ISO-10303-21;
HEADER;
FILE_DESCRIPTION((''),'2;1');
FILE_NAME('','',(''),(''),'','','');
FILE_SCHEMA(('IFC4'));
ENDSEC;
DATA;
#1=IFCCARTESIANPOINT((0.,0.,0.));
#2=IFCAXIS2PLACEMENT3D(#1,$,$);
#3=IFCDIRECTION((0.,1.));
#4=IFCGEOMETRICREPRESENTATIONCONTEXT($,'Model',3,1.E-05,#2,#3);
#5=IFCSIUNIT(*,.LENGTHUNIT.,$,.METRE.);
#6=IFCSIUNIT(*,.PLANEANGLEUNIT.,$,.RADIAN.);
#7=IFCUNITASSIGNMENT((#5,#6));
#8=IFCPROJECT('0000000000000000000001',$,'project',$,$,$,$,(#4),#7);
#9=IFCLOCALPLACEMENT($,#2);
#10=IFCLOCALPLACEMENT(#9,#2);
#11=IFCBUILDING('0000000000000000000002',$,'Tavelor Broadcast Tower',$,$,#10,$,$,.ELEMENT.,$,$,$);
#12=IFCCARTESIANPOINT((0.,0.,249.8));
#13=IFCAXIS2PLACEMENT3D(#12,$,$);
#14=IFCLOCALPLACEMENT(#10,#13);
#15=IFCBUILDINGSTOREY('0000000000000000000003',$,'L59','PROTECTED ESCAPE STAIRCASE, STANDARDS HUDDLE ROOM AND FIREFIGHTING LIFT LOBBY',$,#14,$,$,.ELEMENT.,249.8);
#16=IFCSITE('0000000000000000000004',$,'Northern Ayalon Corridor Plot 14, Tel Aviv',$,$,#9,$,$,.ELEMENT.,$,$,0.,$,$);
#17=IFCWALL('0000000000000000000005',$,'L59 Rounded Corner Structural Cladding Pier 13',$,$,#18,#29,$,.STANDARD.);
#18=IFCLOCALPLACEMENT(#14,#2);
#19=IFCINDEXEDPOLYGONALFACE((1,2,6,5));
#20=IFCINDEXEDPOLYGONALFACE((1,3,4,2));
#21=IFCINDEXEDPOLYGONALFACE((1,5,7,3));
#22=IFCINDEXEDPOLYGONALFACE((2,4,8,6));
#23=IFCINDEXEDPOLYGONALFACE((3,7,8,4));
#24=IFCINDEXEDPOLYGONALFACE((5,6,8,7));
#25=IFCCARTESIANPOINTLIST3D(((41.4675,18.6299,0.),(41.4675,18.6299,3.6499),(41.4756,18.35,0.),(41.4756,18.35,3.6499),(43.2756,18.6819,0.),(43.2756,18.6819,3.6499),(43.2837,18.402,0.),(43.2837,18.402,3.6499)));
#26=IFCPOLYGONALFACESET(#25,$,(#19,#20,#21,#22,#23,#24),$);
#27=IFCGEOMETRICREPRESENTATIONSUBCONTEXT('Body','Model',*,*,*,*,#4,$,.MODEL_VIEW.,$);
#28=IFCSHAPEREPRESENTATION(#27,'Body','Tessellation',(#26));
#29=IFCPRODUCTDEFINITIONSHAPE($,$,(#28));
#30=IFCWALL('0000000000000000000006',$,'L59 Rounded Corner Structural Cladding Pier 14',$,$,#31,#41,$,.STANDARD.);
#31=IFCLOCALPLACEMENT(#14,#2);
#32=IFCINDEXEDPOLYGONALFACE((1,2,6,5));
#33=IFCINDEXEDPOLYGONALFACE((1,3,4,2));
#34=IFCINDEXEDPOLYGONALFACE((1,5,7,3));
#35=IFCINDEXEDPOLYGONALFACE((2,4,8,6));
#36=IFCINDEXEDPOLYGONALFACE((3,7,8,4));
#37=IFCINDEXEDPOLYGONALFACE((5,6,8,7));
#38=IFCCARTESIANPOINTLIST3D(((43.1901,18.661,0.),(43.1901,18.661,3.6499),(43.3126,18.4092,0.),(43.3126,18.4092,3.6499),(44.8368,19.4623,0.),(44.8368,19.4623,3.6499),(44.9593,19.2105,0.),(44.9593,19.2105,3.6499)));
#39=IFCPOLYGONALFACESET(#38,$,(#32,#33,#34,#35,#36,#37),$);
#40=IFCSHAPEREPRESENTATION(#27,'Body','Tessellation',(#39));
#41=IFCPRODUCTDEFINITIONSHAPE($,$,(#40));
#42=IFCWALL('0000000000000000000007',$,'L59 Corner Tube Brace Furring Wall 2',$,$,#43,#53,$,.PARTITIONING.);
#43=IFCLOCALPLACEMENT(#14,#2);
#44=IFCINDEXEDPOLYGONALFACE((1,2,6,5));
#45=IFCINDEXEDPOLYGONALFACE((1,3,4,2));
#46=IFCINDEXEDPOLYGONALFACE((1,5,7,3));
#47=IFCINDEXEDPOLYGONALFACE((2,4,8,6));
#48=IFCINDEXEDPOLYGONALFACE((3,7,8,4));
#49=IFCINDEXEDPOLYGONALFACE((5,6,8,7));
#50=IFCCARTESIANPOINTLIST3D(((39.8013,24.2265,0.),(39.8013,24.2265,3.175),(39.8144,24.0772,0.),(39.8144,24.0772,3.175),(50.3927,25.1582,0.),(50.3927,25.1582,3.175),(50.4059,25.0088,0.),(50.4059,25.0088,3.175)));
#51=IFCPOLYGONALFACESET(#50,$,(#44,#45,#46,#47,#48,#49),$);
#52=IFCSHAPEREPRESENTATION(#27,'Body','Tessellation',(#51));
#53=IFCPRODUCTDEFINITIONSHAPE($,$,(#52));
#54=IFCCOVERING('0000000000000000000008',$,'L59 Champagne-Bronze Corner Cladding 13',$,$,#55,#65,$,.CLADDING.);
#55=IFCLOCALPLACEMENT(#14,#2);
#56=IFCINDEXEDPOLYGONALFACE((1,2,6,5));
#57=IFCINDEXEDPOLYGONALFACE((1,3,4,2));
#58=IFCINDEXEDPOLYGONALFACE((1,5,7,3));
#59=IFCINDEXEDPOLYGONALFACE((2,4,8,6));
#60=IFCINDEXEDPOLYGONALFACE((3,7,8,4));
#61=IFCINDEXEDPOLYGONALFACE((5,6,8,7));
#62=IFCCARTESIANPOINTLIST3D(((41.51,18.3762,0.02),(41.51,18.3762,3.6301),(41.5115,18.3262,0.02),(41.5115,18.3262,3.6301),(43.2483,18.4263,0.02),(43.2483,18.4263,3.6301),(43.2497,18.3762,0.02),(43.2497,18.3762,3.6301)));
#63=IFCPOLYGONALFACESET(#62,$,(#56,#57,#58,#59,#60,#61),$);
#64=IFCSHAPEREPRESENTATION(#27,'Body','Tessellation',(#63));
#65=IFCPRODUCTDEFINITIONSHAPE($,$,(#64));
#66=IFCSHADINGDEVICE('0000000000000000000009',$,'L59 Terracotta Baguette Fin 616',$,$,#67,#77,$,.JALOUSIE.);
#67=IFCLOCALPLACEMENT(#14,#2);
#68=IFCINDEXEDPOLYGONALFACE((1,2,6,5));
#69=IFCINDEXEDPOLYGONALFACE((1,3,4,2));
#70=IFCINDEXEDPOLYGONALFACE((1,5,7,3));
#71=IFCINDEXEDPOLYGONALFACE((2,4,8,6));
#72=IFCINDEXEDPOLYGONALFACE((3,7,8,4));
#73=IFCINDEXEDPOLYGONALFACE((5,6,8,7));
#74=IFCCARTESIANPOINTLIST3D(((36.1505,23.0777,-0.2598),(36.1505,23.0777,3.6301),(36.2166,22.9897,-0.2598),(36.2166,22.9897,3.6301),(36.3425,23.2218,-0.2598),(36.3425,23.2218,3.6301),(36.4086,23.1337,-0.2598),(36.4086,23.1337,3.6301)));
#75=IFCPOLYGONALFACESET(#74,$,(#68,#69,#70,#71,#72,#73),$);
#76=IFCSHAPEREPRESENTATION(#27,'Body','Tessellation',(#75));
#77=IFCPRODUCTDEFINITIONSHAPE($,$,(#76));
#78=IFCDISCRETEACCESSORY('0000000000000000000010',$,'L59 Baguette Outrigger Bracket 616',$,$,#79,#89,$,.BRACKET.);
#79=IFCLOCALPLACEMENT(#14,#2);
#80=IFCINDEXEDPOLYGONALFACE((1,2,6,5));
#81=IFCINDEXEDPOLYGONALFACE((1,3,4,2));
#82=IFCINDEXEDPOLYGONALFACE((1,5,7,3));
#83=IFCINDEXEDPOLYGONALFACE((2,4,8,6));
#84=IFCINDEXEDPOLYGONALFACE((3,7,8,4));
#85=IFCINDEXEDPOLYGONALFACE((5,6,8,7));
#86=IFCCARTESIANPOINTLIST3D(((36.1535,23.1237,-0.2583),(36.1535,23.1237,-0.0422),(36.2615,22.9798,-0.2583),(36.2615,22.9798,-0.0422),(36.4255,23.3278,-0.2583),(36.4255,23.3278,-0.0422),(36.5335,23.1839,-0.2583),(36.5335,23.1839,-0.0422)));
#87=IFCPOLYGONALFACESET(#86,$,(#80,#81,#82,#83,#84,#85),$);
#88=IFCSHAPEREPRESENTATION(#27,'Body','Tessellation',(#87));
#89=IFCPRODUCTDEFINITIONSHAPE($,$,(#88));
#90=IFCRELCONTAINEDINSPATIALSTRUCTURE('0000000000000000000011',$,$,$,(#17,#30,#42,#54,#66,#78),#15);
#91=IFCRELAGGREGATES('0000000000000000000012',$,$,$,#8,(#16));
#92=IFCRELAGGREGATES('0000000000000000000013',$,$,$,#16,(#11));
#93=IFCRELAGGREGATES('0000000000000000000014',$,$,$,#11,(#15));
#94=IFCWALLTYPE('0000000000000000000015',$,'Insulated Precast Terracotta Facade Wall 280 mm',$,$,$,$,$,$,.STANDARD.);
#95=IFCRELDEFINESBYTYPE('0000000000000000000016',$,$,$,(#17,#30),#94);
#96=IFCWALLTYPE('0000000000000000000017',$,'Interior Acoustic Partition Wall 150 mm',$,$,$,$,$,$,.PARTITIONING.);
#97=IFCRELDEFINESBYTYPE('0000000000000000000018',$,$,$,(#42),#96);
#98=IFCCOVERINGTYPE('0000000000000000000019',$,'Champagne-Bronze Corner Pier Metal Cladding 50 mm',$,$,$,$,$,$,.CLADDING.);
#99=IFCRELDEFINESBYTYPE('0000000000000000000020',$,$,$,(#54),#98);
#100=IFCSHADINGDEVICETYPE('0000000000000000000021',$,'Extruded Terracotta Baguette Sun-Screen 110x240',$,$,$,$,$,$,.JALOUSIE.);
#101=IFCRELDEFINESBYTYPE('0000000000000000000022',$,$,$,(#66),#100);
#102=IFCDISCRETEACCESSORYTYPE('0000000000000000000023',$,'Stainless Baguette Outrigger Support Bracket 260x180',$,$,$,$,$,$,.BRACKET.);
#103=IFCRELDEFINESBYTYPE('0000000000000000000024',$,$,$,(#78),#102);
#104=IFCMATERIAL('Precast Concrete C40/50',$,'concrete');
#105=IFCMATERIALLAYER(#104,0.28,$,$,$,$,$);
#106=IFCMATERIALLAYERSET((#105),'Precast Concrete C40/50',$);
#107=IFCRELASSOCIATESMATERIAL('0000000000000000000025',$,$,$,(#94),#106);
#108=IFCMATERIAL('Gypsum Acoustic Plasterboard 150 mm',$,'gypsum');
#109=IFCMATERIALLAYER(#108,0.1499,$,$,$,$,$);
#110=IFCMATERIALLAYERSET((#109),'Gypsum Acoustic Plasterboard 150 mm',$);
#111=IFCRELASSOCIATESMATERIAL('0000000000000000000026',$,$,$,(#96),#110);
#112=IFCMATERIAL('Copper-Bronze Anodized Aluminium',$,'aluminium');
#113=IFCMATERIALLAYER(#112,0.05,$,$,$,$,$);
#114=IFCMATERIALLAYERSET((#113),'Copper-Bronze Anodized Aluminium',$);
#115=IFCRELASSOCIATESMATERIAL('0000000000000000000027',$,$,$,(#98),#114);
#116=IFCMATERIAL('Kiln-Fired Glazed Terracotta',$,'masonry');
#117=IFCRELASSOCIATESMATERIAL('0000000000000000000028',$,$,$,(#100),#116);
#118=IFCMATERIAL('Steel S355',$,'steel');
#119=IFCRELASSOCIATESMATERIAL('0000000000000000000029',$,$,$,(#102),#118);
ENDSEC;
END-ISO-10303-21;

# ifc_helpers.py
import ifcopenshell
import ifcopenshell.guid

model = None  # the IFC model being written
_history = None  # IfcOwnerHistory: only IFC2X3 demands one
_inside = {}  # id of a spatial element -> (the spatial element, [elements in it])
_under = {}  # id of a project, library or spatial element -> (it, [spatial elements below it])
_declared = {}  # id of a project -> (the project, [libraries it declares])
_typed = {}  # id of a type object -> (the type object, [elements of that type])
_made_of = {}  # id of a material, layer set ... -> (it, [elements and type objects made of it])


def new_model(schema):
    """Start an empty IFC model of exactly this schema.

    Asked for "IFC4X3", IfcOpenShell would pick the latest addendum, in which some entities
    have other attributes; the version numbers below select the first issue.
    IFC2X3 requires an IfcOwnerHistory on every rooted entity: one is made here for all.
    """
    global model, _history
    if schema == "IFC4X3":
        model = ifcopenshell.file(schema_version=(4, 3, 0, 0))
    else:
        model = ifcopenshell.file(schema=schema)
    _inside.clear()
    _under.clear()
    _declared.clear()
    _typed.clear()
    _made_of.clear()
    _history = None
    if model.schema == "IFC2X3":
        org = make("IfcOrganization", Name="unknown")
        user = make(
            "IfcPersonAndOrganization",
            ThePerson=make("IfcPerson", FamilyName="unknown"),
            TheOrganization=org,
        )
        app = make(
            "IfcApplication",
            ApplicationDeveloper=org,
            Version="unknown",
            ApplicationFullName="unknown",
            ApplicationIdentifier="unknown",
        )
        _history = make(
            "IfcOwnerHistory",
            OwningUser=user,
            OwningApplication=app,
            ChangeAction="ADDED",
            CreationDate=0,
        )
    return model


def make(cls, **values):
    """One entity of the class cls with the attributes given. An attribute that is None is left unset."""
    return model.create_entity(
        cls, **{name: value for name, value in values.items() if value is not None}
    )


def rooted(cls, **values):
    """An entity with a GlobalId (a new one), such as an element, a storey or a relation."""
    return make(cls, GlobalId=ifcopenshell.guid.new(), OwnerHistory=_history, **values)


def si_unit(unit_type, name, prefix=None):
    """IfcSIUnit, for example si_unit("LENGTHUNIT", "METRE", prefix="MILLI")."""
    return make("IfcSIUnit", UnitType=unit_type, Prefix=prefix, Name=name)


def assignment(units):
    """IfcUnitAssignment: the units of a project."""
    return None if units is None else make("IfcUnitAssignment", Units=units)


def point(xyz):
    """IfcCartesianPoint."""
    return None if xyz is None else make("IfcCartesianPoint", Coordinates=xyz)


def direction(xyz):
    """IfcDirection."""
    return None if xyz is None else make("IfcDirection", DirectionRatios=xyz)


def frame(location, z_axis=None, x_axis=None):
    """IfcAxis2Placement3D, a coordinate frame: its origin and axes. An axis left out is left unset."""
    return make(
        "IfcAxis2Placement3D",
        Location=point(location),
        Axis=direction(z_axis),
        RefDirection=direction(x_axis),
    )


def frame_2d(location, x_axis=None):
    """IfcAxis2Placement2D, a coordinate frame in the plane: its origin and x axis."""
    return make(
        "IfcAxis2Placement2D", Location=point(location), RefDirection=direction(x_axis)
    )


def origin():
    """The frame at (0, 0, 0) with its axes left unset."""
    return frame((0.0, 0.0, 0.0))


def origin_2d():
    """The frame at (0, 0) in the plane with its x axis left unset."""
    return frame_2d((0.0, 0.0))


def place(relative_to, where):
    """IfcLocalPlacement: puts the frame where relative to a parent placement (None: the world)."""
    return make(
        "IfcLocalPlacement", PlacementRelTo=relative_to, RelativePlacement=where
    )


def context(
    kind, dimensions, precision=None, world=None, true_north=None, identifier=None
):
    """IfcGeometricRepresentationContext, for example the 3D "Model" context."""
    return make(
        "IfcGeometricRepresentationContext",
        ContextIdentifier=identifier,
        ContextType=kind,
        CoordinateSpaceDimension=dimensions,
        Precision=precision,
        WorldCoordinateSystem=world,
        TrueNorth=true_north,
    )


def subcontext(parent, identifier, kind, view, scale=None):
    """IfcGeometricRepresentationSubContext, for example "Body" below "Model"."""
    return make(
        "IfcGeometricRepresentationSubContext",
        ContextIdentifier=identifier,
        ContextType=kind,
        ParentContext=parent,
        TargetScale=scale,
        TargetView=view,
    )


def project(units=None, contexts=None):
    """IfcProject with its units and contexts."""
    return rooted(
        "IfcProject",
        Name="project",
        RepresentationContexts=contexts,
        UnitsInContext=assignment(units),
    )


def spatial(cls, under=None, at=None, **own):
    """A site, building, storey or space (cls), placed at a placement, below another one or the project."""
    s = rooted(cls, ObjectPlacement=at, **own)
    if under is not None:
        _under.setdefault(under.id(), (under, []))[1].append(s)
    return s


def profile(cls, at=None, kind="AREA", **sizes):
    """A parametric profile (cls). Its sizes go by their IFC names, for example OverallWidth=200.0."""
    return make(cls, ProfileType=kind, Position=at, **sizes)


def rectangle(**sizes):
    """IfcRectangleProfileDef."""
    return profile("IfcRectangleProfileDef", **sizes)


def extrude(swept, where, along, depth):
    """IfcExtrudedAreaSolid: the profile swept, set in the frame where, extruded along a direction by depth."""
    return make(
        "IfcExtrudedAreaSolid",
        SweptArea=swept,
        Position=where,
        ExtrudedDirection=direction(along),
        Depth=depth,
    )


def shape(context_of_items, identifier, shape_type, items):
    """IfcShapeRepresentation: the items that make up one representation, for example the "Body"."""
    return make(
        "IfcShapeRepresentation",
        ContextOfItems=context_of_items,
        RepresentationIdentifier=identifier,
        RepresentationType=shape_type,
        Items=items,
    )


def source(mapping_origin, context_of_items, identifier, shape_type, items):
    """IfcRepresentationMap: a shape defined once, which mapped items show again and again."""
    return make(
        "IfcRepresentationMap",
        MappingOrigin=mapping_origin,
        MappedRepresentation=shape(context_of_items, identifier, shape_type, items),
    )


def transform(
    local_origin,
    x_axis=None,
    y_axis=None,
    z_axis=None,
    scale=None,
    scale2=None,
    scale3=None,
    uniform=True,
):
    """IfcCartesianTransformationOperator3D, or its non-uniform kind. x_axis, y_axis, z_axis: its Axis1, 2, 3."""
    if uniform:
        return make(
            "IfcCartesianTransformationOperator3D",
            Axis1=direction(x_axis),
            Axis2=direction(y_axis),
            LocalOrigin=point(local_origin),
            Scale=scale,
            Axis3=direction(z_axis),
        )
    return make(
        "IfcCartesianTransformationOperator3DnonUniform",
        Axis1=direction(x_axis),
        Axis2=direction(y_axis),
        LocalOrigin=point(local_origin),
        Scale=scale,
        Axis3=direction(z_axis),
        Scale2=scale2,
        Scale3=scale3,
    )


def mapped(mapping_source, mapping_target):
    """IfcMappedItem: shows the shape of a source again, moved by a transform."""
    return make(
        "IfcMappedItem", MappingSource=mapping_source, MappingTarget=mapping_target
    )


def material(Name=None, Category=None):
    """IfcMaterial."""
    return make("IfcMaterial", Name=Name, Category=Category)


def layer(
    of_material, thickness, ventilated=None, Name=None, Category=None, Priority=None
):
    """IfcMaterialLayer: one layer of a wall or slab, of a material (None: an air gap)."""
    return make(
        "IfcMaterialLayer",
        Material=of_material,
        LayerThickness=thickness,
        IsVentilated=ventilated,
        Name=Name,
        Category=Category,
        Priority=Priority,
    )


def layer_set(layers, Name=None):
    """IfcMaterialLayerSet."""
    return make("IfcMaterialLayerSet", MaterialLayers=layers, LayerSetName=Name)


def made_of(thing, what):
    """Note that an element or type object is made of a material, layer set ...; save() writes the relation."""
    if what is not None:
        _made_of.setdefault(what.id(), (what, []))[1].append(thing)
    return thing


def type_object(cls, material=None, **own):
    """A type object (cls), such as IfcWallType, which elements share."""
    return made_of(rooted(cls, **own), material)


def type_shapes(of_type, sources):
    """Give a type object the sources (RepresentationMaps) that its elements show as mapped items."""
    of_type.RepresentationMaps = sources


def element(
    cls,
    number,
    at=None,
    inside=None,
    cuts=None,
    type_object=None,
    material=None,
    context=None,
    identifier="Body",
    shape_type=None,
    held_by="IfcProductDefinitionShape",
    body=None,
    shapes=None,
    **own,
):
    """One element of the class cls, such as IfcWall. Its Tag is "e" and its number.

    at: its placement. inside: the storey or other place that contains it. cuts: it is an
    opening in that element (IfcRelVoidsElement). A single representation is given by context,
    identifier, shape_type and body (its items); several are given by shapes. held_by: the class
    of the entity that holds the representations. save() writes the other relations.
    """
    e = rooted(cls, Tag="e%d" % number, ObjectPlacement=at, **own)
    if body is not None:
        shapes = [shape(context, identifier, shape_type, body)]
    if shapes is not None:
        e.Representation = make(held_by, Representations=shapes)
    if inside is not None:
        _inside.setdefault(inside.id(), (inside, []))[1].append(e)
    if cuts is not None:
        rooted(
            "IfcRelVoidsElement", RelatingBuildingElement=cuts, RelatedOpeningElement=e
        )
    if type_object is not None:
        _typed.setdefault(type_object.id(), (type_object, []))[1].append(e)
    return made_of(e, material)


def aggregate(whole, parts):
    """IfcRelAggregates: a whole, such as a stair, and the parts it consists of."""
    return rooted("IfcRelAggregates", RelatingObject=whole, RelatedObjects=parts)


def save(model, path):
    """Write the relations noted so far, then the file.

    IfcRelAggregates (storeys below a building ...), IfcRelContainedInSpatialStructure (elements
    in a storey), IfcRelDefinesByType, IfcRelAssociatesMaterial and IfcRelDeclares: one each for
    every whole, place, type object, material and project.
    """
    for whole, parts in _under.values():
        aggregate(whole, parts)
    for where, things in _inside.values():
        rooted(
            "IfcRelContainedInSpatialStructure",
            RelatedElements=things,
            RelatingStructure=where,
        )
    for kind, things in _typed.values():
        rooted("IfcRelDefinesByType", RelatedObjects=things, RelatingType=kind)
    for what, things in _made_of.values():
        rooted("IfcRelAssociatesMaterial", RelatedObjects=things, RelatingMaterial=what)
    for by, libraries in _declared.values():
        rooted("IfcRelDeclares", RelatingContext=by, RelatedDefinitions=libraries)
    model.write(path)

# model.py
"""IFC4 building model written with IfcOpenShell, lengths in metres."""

from ifc_helpers import new_model, si_unit, direction, frame, frame_2d, origin, origin_2d, place, context, subcontext, project, spatial, rectangle, extrude, source, transform, mapped, material, layer, layer_set, type_object, type_shapes, element, save


model = new_model("IFC4")

# Units and contexts
model_context = context("Model", 3, precision=1e-05, world=origin(), true_north=direction((0.0, 1.0)))
body_context = subcontext(model_context, "Body", "Model", "MODEL_VIEW")
ifc_project = project(units=[si_unit("LENGTHUNIT", "METRE"), si_unit("PLANEANGLEUNIT", "RADIAN")], contexts=[model_context])

# Site, building, storey
site_placement = place(None, origin())
site = spatial("IfcSite", under=ifc_project, at=site_placement, Name="Northern Ayalon Corridor Plot 14, Tel Aviv", CompositionType="ELEMENT", RefElevation=0.0)
building_placement = place(site_placement, origin())
building = spatial("IfcBuilding", under=site, at=building_placement, Name="Tavelor Broadcast Tower", CompositionType="ELEMENT")
storey_placement = place(building_placement, frame((0.0, 0.0, 249.8)))
storey = spatial("IfcBuildingStorey", under=building, at=storey_placement, Name="L59", Description="PROTECTED ESCAPE STAIRCASE, STANDARDS HUDDLE ROOM AND FIREFIGHTING LIFT LOBBY", CompositionType="ELEMENT", Elevation=249.8)

# Shared definitions
ifc_material_1 = material(Name="Steel S355", Category="steel")

# Walls
ifc_material_2 = material(Name="Precast Concrete C40/50", Category="concrete")
ifc_layer_1 = layer(ifc_material_2, 0.28)
ifc_layer_set_1 = layer_set([ifc_layer_1], Name="Precast Concrete C40/50")
wall_type_1 = type_object("IfcWallType", Name="Insulated Precast Terracotta Facade Wall 280 mm", PredefinedType="STANDARD", material=ifc_layer_set_1)
for number, where, z_axis, x_axis, name in (
    (1, (41.4717, 18.49, 0.0), (0.0, 0.0, 1.0), (0.999587, 0.028749, 0.0), "L59 Rounded Corner Structural Cladding Pier 13"),
):
    element("IfcWall", number, at=place(storey_placement, frame(where, z_axis=z_axis, x_axis=x_axis)), inside=storey, type_object=wall_type_1, Name=name, PredefinedType="STANDARD", context=body_context, shape_type="SweptSolid", body=[
        extrude(rectangle(XDim=1.8088, YDim=0.28, at=frame_2d((0.9043, 0.0))), origin(), (0.0, 0.0, 1.0), 3.6499),
    ])
wall_1_placement = place(storey_placement, frame((43.2515, 18.5352, 0.0), z_axis=(0.0, 0.0, 1.0), x_axis=(0.899201, 0.437536, 0.0)))
element("IfcWall", 2, at=wall_1_placement, inside=storey, type_object=wall_type_1, Name="L59 Rounded Corner Structural Cladding Pier 14", PredefinedType="STANDARD", context=body_context, shape_type="SweptSolid", body=[
    extrude(rectangle(XDim=1.8313, YDim=0.28, at=frame_2d((0.9155, 0.0))), origin(), (0.0, 0.0, 1.0), 3.6499),
])
ifc_material_3 = material(Name="Gypsum Acoustic Plasterboard 150 mm", Category="gypsum")
ifc_layer_2 = layer(ifc_material_3, 0.1499)
ifc_layer_set_2 = layer_set([ifc_layer_2], Name="Gypsum Acoustic Plasterboard 150 mm")
wall_type_2 = type_object("IfcWallType", Name="Interior Acoustic Partition Wall 150 mm", PredefinedType="PARTITIONING", material=ifc_layer_set_2)
wall_2_placement = place(storey_placement, frame((39.8079, 24.1519, 0.0), z_axis=(0.0, 0.0, 1.0), x_axis=(0.996154, 0.087624, 0.0)))
element("IfcWall", 3, at=wall_2_placement, inside=storey, type_object=wall_type_2, Name="L59 Corner Tube Brace Furring Wall 2", PredefinedType="PARTITIONING", context=body_context, shape_type="SweptSolid", body=[
    extrude(rectangle(XDim=10.6323, YDim=0.1499, at=frame_2d((5.3162, 0.0))), origin(), (0.0, 0.0, 1.0), 3.175),
])

# Covering
ifc_material_4 = material(Name="Copper-Bronze Anodized Aluminium", Category="aluminium")
ifc_layer_3 = layer(ifc_material_4, 0.05)
ifc_layer_set_3 = layer_set([ifc_layer_3], Name="Copper-Bronze Anodized Aluminium")
covering_type = type_object("IfcCoveringType", Name="Champagne-Bronze Corner Pier Metal Cladding 50 mm", PredefinedType="CLADDING", material=ifc_layer_set_3)
covering_placement = place(storey_placement, frame((42.3799, 18.3762, 0.02), z_axis=(0.0, 0.0, 1.0), x_axis=(0.999585, 0.028794, 0.0)))
element("IfcCovering", 4, at=covering_placement, inside=storey, type_object=covering_type, Name="L59 Champagne-Bronze Corner Cladding 13", PredefinedType="CLADDING", context=body_context, shape_type="SweptSolid", body=[
    extrude(rectangle(XDim=1.739, YDim=0.05, at=origin_2d()), origin(), (0.0, 0.0, 1.0), 3.6101),
])

# Shading device
ifc_material_5 = material(Name="Kiln-Fired Glazed Terracotta", Category="masonry")
shading_device_type = type_object("IfcShadingDeviceType", Name="Extruded Terracotta Baguette Sun-Screen 110x240", PredefinedType="JALOUSIE", material=ifc_material_5)
shared_shape_1 = source(origin(), body_context, "Body", "SweptSolid", [
    extrude(rectangle(XDim=0.1101, YDim=0.24, at=origin_2d()), origin(), (0.0, 0.0, 1.0), 3.8899),
])
type_shapes(shading_device_type, [shared_shape_1])
shading_device_placement = place(storey_placement, frame((36.2795, 23.1057, -0.2598), z_axis=(0.0, 0.0, 1.0), x_axis=(0.600141, -0.799894, 0.0)))
element("IfcShadingDevice", 5, at=shading_device_placement, inside=storey, type_object=shading_device_type, Name="L59 Terracotta Baguette Fin 616", PredefinedType="JALOUSIE", context=body_context, shape_type="MappedRepresentation", body=[
    mapped(shared_shape_1, transform((0.0, 0.0, 0.0), scale=1.0)),
])

# Discrete accessory
discrete_accessory_type = type_object("IfcDiscreteAccessoryType", Name="Stainless Baguette Outrigger Support Bracket 260x180", PredefinedType="BRACKET", material=ifc_material_1)
shared_shape_2 = source(origin(), body_context, "Body", "SweptSolid", [
    extrude(rectangle(XDim=0.1799, YDim=0.3401, at=origin_2d()), origin(), (0.0, 0.0, 1.0), 0.2161),
])
type_shapes(discrete_accessory_type, [shared_shape_2])
discrete_accessory_placement = place(storey_placement, frame((36.3435, 23.1538, -0.2583), z_axis=(0.0, 0.0, 1.0), x_axis=(0.600141, -0.799894, 0.0)))
element("IfcDiscreteAccessory", 6, at=discrete_accessory_placement, inside=storey, type_object=discrete_accessory_type, Name="L59 Baguette Outrigger Bracket 616", PredefinedType="BRACKET", context=body_context, shape_type="MappedRepresentation", body=[
    mapped(shared_shape_2, transform((0.0, 0.0, 0.0), scale=1.0)),
])

save(model, "model.ifc")
